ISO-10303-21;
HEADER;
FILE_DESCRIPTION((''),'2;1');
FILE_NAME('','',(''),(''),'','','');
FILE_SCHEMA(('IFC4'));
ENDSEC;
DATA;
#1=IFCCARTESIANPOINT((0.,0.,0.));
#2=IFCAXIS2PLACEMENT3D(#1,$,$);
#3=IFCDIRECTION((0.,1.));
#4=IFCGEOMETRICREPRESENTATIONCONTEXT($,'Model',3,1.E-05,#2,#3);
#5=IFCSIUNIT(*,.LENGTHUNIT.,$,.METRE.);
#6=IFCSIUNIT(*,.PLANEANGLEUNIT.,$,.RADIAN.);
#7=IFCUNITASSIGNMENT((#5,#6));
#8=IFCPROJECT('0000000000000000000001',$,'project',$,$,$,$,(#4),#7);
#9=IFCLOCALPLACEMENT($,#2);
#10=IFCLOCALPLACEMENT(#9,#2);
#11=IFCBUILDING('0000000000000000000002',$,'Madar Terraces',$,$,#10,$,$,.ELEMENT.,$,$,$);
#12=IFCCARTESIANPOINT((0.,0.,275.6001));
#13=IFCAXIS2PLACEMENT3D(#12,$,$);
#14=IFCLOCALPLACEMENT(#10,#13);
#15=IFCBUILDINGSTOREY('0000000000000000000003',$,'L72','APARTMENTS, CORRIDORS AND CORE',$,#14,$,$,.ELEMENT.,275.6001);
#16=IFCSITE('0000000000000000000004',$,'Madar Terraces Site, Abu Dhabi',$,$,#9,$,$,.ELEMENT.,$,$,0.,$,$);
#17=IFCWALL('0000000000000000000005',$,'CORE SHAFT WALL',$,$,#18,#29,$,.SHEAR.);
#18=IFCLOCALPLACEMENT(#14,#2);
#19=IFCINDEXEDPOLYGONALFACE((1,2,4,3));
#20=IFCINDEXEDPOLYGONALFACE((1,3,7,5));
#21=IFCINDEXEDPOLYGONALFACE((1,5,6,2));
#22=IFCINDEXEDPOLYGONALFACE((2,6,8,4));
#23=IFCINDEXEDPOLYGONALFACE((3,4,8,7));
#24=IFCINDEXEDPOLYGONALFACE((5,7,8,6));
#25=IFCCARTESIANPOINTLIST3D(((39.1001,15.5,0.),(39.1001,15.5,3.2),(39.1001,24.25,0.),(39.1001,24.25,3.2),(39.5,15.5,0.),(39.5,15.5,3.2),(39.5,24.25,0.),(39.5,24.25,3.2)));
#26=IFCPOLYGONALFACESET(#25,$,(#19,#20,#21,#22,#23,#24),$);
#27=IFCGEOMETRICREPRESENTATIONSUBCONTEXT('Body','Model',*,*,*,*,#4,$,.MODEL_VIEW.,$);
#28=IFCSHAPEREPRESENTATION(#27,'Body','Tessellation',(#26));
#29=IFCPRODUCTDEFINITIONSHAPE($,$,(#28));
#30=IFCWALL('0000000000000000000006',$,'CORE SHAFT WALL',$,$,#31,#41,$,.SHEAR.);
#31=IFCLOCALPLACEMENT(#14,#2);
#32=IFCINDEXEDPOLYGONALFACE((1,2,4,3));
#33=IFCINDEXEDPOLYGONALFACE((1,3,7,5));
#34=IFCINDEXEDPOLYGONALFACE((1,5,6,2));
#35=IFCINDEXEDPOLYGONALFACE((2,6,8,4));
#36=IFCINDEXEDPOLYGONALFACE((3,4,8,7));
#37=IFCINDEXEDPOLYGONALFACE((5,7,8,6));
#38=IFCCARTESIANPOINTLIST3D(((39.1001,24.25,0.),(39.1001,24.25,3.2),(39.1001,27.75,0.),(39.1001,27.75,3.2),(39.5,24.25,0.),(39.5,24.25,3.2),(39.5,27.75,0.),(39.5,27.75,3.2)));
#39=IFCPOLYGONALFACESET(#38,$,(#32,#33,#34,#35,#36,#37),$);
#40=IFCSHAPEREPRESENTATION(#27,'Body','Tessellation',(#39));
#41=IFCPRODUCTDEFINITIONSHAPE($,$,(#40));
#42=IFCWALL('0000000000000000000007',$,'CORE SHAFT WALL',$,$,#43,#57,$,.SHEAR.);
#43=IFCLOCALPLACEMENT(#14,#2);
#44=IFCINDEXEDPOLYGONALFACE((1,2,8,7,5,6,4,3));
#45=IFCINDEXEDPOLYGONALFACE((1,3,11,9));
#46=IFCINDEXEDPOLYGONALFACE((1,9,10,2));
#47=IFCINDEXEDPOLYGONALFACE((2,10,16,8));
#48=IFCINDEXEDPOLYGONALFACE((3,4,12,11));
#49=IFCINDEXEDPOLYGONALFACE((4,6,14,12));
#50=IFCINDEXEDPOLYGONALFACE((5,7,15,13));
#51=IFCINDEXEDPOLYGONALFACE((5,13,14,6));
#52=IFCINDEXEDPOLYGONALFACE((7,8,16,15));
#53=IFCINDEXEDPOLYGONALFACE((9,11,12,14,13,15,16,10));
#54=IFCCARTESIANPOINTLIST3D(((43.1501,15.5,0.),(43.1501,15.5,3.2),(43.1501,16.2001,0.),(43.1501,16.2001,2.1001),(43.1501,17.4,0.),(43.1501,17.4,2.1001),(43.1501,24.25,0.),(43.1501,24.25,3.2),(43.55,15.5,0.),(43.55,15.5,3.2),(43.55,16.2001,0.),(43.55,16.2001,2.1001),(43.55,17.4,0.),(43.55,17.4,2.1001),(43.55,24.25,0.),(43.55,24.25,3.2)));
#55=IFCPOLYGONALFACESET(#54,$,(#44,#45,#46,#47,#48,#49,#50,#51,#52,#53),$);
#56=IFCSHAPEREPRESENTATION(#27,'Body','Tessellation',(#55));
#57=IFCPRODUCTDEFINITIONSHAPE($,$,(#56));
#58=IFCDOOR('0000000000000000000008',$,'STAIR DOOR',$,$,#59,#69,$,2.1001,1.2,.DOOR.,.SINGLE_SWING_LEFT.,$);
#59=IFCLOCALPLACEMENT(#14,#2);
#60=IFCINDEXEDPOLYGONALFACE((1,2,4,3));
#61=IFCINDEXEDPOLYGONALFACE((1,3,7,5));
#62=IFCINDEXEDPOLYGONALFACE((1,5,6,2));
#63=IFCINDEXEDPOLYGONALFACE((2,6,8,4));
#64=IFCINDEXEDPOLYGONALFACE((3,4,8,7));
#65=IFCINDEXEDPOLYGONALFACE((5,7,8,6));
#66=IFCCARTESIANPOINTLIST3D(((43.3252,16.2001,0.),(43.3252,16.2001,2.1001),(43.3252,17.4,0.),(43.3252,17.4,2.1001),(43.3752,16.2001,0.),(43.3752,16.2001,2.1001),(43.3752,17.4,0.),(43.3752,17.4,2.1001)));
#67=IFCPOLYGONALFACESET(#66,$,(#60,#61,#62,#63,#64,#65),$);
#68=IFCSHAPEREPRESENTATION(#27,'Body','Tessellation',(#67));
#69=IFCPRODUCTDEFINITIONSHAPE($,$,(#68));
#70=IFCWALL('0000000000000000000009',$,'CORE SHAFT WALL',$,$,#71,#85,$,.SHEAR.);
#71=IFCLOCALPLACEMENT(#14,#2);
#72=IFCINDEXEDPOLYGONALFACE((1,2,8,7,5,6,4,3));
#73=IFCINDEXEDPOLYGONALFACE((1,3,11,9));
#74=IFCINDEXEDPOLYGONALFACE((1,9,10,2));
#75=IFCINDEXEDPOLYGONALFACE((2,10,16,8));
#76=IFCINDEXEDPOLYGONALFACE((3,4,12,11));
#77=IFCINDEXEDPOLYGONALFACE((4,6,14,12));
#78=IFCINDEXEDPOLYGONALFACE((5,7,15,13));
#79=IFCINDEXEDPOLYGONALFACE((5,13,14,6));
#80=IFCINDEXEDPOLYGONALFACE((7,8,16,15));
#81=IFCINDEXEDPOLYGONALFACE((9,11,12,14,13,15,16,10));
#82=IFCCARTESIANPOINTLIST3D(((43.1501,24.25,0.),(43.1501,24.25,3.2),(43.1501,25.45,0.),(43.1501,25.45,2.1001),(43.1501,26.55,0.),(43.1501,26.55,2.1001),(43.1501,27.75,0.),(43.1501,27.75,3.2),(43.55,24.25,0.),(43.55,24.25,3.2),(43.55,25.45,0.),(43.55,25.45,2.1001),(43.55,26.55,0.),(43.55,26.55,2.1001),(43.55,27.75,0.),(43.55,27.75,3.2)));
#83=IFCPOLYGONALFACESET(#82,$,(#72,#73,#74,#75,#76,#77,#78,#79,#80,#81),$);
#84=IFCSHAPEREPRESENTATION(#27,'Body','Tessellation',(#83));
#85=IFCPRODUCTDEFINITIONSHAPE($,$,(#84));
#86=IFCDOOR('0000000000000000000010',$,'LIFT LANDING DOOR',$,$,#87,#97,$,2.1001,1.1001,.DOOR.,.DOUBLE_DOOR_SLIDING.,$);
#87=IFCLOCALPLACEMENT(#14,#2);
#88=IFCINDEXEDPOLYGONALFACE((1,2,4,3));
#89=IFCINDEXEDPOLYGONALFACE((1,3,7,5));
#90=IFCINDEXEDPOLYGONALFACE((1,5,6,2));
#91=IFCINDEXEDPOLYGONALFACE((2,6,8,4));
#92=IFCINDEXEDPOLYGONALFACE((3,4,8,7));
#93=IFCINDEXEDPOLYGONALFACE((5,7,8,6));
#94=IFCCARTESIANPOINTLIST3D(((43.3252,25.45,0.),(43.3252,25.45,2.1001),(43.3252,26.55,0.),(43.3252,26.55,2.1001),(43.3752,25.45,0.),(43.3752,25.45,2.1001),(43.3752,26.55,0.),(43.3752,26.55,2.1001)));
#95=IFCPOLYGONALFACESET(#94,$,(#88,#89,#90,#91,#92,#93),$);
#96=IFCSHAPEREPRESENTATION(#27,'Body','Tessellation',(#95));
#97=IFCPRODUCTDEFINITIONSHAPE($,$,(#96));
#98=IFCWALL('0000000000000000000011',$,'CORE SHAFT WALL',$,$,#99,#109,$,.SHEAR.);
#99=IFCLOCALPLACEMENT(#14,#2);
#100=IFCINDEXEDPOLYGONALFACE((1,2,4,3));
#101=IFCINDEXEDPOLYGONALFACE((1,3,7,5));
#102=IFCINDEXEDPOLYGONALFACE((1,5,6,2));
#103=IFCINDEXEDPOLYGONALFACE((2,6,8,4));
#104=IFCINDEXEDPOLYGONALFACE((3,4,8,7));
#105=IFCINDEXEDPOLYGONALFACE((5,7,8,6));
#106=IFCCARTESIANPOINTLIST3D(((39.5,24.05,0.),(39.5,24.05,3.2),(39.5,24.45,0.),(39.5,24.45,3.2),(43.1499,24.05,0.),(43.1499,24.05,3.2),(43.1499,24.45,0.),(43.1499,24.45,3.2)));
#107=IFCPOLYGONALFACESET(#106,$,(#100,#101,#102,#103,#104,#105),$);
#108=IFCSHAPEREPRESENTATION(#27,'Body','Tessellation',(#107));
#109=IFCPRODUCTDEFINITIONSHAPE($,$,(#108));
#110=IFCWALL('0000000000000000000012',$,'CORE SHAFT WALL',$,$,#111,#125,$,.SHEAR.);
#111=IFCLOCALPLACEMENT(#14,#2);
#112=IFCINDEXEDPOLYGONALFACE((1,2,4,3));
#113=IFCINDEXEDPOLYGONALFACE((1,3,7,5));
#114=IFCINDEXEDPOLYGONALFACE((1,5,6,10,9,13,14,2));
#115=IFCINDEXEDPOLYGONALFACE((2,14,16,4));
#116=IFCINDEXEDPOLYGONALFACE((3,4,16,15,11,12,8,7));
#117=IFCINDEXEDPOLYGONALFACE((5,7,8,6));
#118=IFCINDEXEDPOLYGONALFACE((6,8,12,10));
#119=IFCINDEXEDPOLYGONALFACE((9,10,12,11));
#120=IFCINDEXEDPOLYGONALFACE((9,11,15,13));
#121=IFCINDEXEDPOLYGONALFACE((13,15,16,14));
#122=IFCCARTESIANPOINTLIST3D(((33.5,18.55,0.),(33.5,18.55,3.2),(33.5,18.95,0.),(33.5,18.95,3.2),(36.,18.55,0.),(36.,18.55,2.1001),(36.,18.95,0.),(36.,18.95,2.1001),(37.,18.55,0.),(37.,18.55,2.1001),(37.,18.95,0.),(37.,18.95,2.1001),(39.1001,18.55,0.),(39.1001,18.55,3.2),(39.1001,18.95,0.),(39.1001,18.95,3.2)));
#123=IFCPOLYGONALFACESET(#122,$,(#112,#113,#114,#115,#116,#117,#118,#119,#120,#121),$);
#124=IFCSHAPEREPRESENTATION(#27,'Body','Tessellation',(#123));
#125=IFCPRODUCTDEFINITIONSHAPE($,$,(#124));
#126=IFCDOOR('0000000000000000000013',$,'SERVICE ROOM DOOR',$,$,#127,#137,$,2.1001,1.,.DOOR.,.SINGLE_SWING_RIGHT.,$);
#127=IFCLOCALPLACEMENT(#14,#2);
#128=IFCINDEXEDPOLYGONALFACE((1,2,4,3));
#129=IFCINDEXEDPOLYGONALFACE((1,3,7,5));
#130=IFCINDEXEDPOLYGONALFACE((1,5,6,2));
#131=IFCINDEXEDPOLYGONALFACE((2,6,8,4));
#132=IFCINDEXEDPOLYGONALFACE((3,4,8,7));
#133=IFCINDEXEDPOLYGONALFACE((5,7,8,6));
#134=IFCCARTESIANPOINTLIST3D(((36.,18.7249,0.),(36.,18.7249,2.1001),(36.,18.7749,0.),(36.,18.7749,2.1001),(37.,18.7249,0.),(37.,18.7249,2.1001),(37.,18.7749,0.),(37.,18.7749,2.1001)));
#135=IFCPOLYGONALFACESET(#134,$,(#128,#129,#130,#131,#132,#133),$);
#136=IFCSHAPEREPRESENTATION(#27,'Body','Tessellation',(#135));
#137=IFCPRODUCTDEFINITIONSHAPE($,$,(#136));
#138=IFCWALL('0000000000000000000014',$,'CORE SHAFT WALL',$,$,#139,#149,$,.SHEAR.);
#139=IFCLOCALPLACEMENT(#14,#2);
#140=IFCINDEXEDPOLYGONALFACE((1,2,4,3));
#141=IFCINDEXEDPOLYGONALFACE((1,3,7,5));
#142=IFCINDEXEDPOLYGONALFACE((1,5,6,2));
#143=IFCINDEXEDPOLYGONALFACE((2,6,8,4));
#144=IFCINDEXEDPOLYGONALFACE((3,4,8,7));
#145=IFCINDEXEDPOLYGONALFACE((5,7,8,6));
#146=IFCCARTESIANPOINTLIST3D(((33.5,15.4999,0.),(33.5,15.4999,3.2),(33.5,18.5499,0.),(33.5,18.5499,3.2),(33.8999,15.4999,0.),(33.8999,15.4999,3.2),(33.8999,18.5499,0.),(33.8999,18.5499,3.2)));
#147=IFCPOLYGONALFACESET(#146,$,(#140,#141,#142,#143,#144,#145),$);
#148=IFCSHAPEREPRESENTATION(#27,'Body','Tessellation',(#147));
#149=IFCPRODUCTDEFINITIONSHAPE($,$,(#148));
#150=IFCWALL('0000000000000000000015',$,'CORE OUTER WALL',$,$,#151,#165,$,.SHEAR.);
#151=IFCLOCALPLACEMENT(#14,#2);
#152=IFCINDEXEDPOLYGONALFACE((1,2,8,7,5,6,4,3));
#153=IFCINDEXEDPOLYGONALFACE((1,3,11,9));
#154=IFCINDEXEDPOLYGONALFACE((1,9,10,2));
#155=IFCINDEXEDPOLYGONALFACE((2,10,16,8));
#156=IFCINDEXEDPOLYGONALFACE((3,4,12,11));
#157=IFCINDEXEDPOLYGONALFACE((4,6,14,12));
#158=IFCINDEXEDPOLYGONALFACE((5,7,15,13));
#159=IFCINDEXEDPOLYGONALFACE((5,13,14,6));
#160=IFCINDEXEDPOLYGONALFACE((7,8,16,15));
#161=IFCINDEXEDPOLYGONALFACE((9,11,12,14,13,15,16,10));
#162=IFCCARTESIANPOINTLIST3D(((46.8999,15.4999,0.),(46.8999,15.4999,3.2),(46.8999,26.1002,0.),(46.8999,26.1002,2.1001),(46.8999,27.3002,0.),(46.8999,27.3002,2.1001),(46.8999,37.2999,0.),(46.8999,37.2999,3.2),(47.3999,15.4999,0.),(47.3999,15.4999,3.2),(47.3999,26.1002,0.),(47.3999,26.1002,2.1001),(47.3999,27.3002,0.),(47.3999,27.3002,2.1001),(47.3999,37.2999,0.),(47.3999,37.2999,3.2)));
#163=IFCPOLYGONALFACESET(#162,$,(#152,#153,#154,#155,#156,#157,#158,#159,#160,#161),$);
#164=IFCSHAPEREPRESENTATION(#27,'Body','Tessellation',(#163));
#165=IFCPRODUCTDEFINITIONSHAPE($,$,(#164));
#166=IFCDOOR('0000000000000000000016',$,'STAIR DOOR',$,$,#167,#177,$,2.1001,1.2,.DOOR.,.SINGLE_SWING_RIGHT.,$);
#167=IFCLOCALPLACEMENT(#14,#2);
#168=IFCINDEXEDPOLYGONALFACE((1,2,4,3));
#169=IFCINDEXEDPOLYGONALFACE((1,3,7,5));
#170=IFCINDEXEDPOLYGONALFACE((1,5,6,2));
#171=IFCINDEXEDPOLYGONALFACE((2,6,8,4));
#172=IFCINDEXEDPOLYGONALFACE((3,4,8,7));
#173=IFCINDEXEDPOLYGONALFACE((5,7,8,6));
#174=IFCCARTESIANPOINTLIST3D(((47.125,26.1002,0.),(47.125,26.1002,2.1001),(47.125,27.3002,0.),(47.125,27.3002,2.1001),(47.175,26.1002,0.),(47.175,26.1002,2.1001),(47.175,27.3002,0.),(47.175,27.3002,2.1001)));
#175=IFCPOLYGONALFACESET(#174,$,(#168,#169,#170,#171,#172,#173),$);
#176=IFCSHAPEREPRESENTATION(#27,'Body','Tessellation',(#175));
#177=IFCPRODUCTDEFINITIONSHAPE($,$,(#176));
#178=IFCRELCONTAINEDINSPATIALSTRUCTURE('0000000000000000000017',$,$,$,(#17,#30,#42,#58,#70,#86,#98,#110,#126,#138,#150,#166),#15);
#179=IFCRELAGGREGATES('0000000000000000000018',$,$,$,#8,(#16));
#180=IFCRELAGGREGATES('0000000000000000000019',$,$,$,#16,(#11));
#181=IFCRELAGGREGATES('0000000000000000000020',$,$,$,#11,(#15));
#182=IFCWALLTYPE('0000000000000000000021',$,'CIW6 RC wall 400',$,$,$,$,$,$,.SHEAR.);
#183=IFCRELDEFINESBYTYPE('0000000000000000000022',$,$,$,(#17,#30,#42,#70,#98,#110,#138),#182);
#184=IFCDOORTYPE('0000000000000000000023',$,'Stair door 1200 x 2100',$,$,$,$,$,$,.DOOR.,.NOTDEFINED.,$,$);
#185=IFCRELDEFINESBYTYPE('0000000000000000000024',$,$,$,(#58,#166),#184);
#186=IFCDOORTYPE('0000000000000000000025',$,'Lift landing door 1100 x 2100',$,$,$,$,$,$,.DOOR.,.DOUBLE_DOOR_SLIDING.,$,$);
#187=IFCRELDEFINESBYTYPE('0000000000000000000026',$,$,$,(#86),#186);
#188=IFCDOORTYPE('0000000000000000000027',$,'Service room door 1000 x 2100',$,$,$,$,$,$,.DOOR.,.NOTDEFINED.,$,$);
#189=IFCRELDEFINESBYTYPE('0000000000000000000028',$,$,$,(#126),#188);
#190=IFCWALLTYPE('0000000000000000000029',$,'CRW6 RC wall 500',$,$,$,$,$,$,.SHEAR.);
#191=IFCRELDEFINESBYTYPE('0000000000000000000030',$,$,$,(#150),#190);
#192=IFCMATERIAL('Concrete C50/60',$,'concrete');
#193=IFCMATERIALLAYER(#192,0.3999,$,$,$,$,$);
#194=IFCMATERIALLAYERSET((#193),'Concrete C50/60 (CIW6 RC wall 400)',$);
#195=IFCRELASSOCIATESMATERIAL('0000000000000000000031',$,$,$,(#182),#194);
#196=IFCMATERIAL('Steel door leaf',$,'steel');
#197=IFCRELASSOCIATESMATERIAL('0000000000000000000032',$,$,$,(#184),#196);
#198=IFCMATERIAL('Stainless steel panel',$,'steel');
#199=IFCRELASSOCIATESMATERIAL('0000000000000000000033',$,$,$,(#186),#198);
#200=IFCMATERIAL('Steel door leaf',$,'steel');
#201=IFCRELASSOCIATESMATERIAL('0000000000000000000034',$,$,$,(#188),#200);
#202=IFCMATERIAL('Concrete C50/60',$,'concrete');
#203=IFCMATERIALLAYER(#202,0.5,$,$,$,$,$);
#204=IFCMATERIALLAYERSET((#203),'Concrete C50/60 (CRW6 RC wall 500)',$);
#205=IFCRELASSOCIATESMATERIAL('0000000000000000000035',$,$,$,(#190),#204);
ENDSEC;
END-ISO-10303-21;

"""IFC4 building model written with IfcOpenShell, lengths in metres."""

from ifc_helpers import new_model, si_unit, direction, frame, frame_2d, origin, place, context, subcontext, project, spatial, rectangle, extrude, material, layer, layer_set, type_object, element, fill, save


model = new_model("IFC4")

# Units and contexts
model_context = context("Model", 3, precision=1e-05, world=origin(), true_north=direction((0.0, 1.0)))
body_context = subcontext(model_context, "Body", "Model", "MODEL_VIEW")
ifc_project = project(units=[si_unit("LENGTHUNIT", "METRE"), si_unit("PLANEANGLEUNIT", "RADIAN")], contexts=[model_context])

# Site, building, storey
site_placement = place(None, origin())
site = spatial("IfcSite", under=ifc_project, at=site_placement, Name="Madar Terraces Site, Abu Dhabi", CompositionType="ELEMENT", RefElevation=0.0)
building_placement = place(site_placement, origin())
building = spatial("IfcBuilding", under=site, at=building_placement, Name="Madar Terraces", CompositionType="ELEMENT")
storey_placement = place(building_placement, frame((0.0, 0.0, 275.6001)))
storey = spatial("IfcBuildingStorey", under=building, at=storey_placement, Name="L72", Description="APARTMENTS, CORRIDORS AND CORE", CompositionType="ELEMENT", Elevation=275.6001)

# Walls
ifc_material_1 = material(Name="Concrete C50/60", Category="concrete")
ifc_layer_1 = layer(ifc_material_1, 0.3999)
ifc_layer_set_1 = layer_set([ifc_layer_1], Name="Concrete C50/60 (CIW6 RC wall 400)")
wall_type_1 = type_object("IfcWallType", Name="CIW6 RC wall 400", PredefinedType="SHEAR", material=ifc_layer_set_1)
wall_1_placement = place(storey_placement, frame((39.3, 15.5, 0.0), z_axis=(0.0, 0.0, 1.0), x_axis=(0.0, 1.0, 0.0)))
element("IfcWall", 1, at=wall_1_placement, inside=storey, type_object=wall_type_1, Name="CORE SHAFT WALL", PredefinedType="SHEAR", context=body_context, shape_type="SweptSolid", body=[
    extrude(rectangle(XDim=8.75, YDim=0.3999, at=frame_2d((4.375, 0.0))), origin(), (0.0, 0.0, 1.0), 3.2),
])
wall_2_placement = place(storey_placement, frame((39.3, 24.25, 0.0), z_axis=(0.0, 0.0, 1.0), x_axis=(0.0, 1.0, 0.0)))
element("IfcWall", 2, at=wall_2_placement, inside=storey, type_object=wall_type_1, Name="CORE SHAFT WALL", PredefinedType="SHEAR", context=body_context, shape_type="SweptSolid", body=[
    extrude(rectangle(XDim=3.5, YDim=0.3999, at=frame_2d((1.75, 0.0))), origin(), (0.0, 0.0, 1.0), 3.2),
])

# Walls, openings, doors
wall_3_placement = place(storey_placement, frame((43.3501, 15.5, 0.0), z_axis=(0.0, 0.0, 1.0), x_axis=(0.0, 1.0, 0.0)))
wall_3 = element("IfcWall", 3, at=wall_3_placement, inside=storey, type_object=wall_type_1, Name="CORE SHAFT WALL", PredefinedType="SHEAR", context=body_context, shape_type="SweptSolid", body=[
    extrude(rectangle(XDim=8.75, YDim=0.3999, at=frame_2d((4.375, 0.0))), origin(), (0.0, 0.0, 1.0), 3.2),
])
opening_1_placement = place(wall_3_placement, frame((0.7, 0.0, 0.0)))
opening_1 = element("IfcOpeningElement", 4, at=opening_1_placement, cuts=wall_3, PredefinedType="OPENING", context=body_context, shape_type="SweptSolid", body=[
    extrude(rectangle(XDim=1.2, YDim=2.1001, at=frame_2d((0.6001, 1.05))), frame((0.0, 0.21, 0.0), z_axis=(0.0, -1.0, 0.0), x_axis=(1.0, 0.0, 0.0)), (0.0, 0.0, 1.0), 0.4199),
])
ifc_material_2 = material(Name="Steel door leaf", Category="steel")
door_type_1 = type_object("IfcDoorType", Name="Stair door 1200 x 2100", OperationType="NOTDEFINED", PredefinedType="DOOR", material=ifc_material_2)
door_1_placement = place(opening_1_placement, origin())
door_1 = element("IfcDoor", 5, at=door_1_placement, inside=storey, type_object=door_type_1, Name="STAIR DOOR", OperationType="SINGLE_SWING_LEFT", OverallHeight=2.1001, OverallWidth=1.2, PredefinedType="DOOR", context=body_context, shape_type="SweptSolid", body=[
    extrude(rectangle(XDim=1.2, YDim=2.1001, at=frame_2d((0.6001, 1.05))), frame((0.0, 0.0249, 0.0), z_axis=(0.0, -1.0, 0.0), x_axis=(1.0, 0.0, 0.0)), (0.0, 0.0, 1.0), 0.05),
])
fill(opening_1, door_1)
wall_4_placement = place(storey_placement, frame((43.3501, 24.25, 0.0), z_axis=(0.0, 0.0, 1.0), x_axis=(0.0, 1.0, 0.0)))
wall_4 = element("IfcWall", 6, at=wall_4_placement, inside=storey, type_object=wall_type_1, Name="CORE SHAFT WALL", PredefinedType="SHEAR", context=body_context, shape_type="SweptSolid", body=[
    extrude(rectangle(XDim=3.5, YDim=0.3999, at=frame_2d((1.75, 0.0))), origin(), (0.0, 0.0, 1.0), 3.2),
])
opening_2_placement = place(wall_4_placement, frame((1.2, 0.0, 0.0)))
opening_2 = element("IfcOpeningElement", 7, at=opening_2_placement, cuts=wall_4, PredefinedType="OPENING", context=body_context, shape_type="SweptSolid", body=[
    extrude(rectangle(XDim=1.1001, YDim=2.1001, at=frame_2d((0.55, 1.05))), frame((0.0, 0.21, 0.0), z_axis=(0.0, -1.0, 0.0), x_axis=(1.0, 0.0, 0.0)), (0.0, 0.0, 1.0), 0.4199),
])
ifc_material_3 = material(Name="Stainless steel panel", Category="steel")
door_type_2 = type_object("IfcDoorType", Name="Lift landing door 1100 x 2100", OperationType="DOUBLE_DOOR_SLIDING", PredefinedType="DOOR", material=ifc_material_3)
door_2_placement = place(opening_2_placement, origin())
door_2 = element("IfcDoor", 8, at=door_2_placement, inside=storey, type_object=door_type_2, Name="LIFT LANDING DOOR", OperationType="DOUBLE_DOOR_SLIDING", OverallHeight=2.1001, OverallWidth=1.1001, PredefinedType="DOOR", context=body_context, shape_type="SweptSolid", body=[
    extrude(rectangle(XDim=1.1001, YDim=2.1001, at=frame_2d((0.55, 1.05))), frame((0.0, 0.0249, 0.0), z_axis=(0.0, -1.0, 0.0), x_axis=(1.0, 0.0, 0.0)), (0.0, 0.0, 1.0), 0.05),
])
fill(opening_2, door_2)

# Wall
wall_5_placement = place(storey_placement, frame((39.5, 24.25, 0.0), z_axis=(0.0, 0.0, 1.0), x_axis=(1.0, 0.0, 0.0)))
element("IfcWall", 9, at=wall_5_placement, inside=storey, type_object=wall_type_1, Name="CORE SHAFT WALL", PredefinedType="SHEAR", context=body_context, shape_type="SweptSolid", body=[
    extrude(rectangle(XDim=3.6499, YDim=0.3999, at=frame_2d((1.825, 0.0))), origin(), (0.0, 0.0, 1.0), 3.2),
])

# Wall, opening, door
wall_6_placement = place(storey_placement, frame((33.5, 18.75, 0.0), z_axis=(0.0, 0.0, 1.0), x_axis=(1.0, 0.0, 0.0)))
wall_6 = element("IfcWall", 10, at=wall_6_placement, inside=storey, type_object=wall_type_1, Name="CORE SHAFT WALL", PredefinedType="SHEAR", context=body_context, shape_type="SweptSolid", body=[
    extrude(rectangle(XDim=5.6001, YDim=0.3999, at=frame_2d((2.8, 0.0))), origin(), (0.0, 0.0, 1.0), 3.2),
])
opening_3_placement = place(wall_6_placement, frame((2.5, 0.0, 0.0)))
opening_3 = element("IfcOpeningElement", 11, at=opening_3_placement, cuts=wall_6, PredefinedType="OPENING", context=body_context, shape_type="SweptSolid", body=[
    extrude(rectangle(XDim=1.0, YDim=2.1001, at=frame_2d((0.5, 1.05))), frame((0.0, 0.21, 0.0), z_axis=(0.0, -1.0, 0.0), x_axis=(1.0, 0.0, 0.0)), (0.0, 0.0, 1.0), 0.4199),
])
ifc_material_4 = material(Name="Steel door leaf", Category="steel")
door_type_3 = type_object("IfcDoorType", Name="Service room door 1000 x 2100", OperationType="NOTDEFINED", PredefinedType="DOOR", material=ifc_material_4)
door_3_placement = place(opening_3_placement, origin())
door_3 = element("IfcDoor", 12, at=door_3_placement, inside=storey, type_object=door_type_3, Name="SERVICE ROOM DOOR", OperationType="SINGLE_SWING_RIGHT", OverallHeight=2.1001, OverallWidth=1.0, PredefinedType="DOOR", context=body_context, shape_type="SweptSolid", body=[
    extrude(rectangle(XDim=1.0, YDim=2.1001, at=frame_2d((0.5, 1.05))), frame((0.0, 0.0249, 0.0), z_axis=(0.0, -1.0, 0.0), x_axis=(1.0, 0.0, 0.0)), (0.0, 0.0, 1.0), 0.05),
])
fill(opening_3, door_3)

# Wall
wall_7_placement = place(storey_placement, frame((33.7, 15.5, 0.0), z_axis=(0.0, 0.0, 1.0), x_axis=(0.0, 1.0, 0.0)))
element("IfcWall", 13, at=wall_7_placement, inside=storey, type_object=wall_type_1, Name="CORE SHAFT WALL", PredefinedType="SHEAR", context=body_context, shape_type="SweptSolid", body=[
    extrude(rectangle(XDim=3.05, YDim=0.3999, at=frame_2d((1.5249, 0.0))), origin(), (0.0, 0.0, 1.0), 3.2),
])

# Wall, opening, door
ifc_material_5 = material(Name="Concrete C50/60", Category="concrete")
ifc_layer_2 = layer(ifc_material_5, 0.5)
ifc_layer_set_2 = layer_set([ifc_layer_2], Name="Concrete C50/60 (CRW6 RC wall 500)")
wall_type_2 = type_object("IfcWallType", Name="CRW6 RC wall 500", PredefinedType="SHEAR", material=ifc_layer_set_2)
wall_8_placement = place(storey_placement, frame((47.1499, 15.5, 0.0), z_axis=(0.0, 0.0, 1.0), x_axis=(0.0, 1.0, 0.0)))
wall_8 = element("IfcWall", 14, at=wall_8_placement, inside=storey, type_object=wall_type_2, Name="CORE OUTER WALL", PredefinedType="SHEAR", context=body_context, shape_type="SweptSolid", body=[
    extrude(rectangle(XDim=21.8, YDim=0.5, at=frame_2d((10.8999, 0.0))), origin(), (0.0, 0.0, 1.0), 3.2),
])
opening_4_placement = place(wall_8_placement, frame((10.6001, 0.0, 0.0)))
opening_4 = element("IfcOpeningElement", 15, at=opening_4_placement, cuts=wall_8, PredefinedType="OPENING", context=body_context, shape_type="SweptSolid", body=[
    extrude(rectangle(XDim=1.2, YDim=2.1001, at=frame_2d((0.6001, 1.05))), frame((0.0, 0.26, 0.0), z_axis=(0.0, -1.0, 0.0), x_axis=(1.0, 0.0, 0.0)), (0.0, 0.0, 1.0), 0.52),
])
door_4_placement = place(opening_4_placement, origin())
door_4 = element("IfcDoor", 16, at=door_4_placement, inside=storey, type_object=door_type_1, Name="STAIR DOOR", OperationType="SINGLE_SWING_RIGHT", OverallHeight=2.1001, OverallWidth=1.2, PredefinedType="DOOR", context=body_context, shape_type="SweptSolid", body=[
    extrude(rectangle(XDim=1.2, YDim=2.1001, at=frame_2d((0.6001, 1.05))), frame((0.0, 0.0249, 0.0), z_axis=(0.0, -1.0, 0.0), x_axis=(1.0, 0.0, 0.0)), (0.0, 0.0, 1.0), 0.05),
])
fill(opening_4, door_4)

save(model, "model.ifc")
